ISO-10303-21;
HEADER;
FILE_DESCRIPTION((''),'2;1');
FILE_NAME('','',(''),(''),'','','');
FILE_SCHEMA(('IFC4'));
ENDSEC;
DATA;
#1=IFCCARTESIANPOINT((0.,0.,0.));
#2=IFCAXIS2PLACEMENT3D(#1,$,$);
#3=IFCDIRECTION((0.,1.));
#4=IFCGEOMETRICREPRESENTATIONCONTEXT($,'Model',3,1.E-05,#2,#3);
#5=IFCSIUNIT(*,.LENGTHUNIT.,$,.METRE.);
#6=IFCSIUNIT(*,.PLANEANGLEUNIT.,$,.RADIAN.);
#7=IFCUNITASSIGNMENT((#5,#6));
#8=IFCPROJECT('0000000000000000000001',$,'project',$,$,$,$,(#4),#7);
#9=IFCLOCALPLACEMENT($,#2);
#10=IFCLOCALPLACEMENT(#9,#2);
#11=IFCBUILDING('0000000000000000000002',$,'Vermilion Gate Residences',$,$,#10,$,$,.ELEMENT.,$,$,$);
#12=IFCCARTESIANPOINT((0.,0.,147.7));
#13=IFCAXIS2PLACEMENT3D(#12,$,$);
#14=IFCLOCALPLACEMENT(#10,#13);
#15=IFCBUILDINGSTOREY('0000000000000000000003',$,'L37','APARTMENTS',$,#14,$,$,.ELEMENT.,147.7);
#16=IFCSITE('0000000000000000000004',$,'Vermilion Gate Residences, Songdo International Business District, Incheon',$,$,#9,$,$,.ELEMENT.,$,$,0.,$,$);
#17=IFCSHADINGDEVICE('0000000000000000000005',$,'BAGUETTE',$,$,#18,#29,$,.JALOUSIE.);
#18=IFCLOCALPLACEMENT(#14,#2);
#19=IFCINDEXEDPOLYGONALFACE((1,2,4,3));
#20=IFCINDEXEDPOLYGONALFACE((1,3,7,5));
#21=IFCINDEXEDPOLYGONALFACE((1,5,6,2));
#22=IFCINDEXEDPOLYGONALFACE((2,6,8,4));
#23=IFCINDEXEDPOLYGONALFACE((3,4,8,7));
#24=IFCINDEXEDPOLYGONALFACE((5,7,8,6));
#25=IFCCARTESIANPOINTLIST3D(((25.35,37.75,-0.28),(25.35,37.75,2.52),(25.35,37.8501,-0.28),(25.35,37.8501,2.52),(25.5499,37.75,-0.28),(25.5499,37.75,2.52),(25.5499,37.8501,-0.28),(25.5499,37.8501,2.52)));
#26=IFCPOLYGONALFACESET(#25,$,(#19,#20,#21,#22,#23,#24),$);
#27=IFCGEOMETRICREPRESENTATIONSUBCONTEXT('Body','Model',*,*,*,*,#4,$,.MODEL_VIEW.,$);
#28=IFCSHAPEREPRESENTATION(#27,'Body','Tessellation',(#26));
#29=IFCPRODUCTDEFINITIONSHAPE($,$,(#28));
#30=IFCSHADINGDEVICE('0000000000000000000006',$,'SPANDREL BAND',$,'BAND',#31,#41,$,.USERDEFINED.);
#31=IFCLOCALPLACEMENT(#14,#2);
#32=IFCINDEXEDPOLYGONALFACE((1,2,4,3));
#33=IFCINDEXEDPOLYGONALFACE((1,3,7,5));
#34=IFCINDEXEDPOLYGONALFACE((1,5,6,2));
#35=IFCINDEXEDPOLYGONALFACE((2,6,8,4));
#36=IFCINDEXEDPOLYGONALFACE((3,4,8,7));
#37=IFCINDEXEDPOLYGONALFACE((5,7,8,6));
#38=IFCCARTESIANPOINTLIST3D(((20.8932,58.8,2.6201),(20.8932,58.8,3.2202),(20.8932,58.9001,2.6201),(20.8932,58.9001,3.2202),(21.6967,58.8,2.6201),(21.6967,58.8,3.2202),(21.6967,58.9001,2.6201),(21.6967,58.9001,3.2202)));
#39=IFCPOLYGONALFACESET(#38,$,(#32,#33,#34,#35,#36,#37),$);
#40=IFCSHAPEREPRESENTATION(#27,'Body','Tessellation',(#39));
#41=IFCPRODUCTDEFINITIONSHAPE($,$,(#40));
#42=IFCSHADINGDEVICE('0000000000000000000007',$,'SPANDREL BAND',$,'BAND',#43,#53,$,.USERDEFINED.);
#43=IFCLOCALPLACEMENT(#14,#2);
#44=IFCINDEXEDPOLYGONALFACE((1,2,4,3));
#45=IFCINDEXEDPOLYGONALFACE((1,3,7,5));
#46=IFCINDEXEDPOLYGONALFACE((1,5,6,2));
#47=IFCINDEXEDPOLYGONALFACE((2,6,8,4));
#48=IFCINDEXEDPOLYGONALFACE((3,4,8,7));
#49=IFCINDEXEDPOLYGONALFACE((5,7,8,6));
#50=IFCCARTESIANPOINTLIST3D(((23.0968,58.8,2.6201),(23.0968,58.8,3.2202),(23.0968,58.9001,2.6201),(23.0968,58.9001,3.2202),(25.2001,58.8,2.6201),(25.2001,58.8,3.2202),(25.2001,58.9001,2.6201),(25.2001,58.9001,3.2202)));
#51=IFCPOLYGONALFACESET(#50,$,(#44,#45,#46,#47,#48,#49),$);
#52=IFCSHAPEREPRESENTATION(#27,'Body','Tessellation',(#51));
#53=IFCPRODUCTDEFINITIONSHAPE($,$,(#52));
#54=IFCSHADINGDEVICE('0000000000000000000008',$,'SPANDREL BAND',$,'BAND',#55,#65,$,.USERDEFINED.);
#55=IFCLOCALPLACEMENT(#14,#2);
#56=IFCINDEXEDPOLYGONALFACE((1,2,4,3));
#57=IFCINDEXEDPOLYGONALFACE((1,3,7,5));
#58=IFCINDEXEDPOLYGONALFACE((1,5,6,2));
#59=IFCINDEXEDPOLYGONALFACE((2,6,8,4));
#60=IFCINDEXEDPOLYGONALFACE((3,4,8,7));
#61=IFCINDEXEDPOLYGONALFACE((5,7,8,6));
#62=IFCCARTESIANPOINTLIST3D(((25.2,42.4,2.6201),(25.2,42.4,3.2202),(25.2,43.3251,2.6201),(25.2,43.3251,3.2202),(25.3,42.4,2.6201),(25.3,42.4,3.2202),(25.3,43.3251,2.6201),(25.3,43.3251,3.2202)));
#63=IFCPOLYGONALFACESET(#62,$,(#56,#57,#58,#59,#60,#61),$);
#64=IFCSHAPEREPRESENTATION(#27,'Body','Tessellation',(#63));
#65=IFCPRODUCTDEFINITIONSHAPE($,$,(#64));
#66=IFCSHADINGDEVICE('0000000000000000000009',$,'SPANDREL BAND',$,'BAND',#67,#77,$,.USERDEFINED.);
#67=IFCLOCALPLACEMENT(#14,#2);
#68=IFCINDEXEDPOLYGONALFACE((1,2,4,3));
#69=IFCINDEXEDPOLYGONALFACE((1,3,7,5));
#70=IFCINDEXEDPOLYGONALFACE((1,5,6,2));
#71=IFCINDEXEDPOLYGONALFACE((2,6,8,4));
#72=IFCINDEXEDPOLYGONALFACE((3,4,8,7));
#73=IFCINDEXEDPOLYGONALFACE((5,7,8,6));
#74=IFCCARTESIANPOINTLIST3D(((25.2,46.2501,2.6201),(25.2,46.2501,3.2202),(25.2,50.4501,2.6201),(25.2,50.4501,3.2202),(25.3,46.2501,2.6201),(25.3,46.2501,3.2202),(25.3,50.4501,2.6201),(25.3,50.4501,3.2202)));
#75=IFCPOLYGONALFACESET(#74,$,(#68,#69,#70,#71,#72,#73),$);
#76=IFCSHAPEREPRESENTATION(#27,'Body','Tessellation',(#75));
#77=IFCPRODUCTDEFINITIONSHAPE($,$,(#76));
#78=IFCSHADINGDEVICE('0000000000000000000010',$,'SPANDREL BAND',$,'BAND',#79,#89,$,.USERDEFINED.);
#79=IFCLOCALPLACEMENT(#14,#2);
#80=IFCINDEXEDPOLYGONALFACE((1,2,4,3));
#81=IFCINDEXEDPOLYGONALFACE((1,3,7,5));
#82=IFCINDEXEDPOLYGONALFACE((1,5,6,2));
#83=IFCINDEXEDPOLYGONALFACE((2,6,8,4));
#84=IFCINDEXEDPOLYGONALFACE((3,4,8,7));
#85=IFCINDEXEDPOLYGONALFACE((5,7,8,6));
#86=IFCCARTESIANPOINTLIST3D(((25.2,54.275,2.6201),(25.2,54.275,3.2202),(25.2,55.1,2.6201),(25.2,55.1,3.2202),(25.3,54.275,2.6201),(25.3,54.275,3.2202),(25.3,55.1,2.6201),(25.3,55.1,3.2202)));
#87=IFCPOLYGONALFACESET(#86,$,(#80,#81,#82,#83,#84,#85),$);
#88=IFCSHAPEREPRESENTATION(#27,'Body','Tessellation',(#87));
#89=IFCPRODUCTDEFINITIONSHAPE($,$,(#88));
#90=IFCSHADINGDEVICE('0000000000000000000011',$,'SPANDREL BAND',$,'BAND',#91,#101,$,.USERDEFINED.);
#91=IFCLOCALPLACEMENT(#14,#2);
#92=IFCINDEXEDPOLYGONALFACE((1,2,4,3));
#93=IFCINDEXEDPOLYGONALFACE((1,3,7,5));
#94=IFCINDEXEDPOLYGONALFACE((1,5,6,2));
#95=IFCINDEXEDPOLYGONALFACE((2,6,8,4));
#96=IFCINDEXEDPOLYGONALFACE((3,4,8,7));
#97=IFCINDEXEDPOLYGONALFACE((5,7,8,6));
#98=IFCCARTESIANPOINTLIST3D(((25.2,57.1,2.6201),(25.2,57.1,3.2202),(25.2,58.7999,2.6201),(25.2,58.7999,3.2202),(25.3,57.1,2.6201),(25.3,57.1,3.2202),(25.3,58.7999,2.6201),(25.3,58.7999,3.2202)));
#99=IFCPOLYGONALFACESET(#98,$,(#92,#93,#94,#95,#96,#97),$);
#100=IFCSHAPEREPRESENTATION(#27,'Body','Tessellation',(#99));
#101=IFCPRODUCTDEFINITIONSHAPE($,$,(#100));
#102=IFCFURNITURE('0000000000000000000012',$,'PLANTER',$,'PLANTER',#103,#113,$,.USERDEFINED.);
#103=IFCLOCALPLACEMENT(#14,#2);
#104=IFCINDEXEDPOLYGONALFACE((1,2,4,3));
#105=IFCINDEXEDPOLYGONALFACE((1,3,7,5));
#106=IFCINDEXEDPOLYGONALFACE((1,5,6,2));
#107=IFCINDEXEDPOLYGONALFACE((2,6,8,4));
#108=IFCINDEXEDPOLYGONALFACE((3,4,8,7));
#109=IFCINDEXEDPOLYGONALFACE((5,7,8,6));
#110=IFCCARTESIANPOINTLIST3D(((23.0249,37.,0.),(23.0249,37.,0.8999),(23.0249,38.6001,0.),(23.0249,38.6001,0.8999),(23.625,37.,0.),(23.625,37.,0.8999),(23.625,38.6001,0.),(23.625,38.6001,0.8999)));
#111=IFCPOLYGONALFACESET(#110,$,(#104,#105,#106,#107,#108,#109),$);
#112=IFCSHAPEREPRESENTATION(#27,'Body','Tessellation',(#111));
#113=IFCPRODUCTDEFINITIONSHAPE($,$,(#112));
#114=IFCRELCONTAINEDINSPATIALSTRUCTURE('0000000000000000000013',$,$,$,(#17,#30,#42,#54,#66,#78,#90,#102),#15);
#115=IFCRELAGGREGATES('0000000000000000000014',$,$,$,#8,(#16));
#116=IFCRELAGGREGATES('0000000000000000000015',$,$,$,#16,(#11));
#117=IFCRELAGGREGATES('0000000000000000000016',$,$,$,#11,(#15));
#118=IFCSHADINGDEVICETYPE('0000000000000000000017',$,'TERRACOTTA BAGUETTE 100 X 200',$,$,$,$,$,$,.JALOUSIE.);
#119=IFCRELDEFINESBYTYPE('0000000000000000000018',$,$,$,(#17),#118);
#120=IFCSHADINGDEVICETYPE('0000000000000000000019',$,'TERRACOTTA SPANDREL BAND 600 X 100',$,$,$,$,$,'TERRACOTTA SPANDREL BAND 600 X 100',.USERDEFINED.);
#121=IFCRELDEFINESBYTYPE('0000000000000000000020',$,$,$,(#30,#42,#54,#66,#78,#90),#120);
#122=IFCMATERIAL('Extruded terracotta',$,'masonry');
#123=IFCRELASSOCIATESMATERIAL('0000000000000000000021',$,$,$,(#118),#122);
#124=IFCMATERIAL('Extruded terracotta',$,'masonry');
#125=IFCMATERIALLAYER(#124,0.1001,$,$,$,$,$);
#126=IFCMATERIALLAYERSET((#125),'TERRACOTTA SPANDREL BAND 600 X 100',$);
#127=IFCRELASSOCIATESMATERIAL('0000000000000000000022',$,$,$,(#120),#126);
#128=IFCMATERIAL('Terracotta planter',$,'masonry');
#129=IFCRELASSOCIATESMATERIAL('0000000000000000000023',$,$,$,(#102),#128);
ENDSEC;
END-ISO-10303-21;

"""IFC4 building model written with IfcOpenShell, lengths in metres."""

from ifc_helpers import new_model, si_unit, direction, frame, origin, origin_2d, place, context, subcontext, project, spatial, rectangle, extrude, material, layer, layer_set, material_profile, profile_set, type_object, element, save


model = new_model("IFC4")

# Units and contexts
model_context = context("Model", 3, precision=1e-05, world=origin(), true_north=direction((0.0, 1.0)))
body_context = subcontext(model_context, "Body", "Model", "MODEL_VIEW")
ifc_project = project(units=[si_unit("LENGTHUNIT", "METRE"), si_unit("PLANEANGLEUNIT", "RADIAN")], contexts=[model_context])

# Site, building, storey
site_placement = place(None, origin())
site = spatial("IfcSite", under=ifc_project, at=site_placement, Name="Vermilion Gate Residences, Songdo International Business District, Incheon", CompositionType="ELEMENT", RefElevation=0.0)
building_placement = place(site_placement, origin())
building = spatial("IfcBuilding", under=site, at=building_placement, Name="Vermilion Gate Residences", CompositionType="ELEMENT")
storey_placement = place(building_placement, frame((0.0, 0.0, 147.7)))
storey = spatial("IfcBuildingStorey", under=building, at=storey_placement, Name="L37", Description="APARTMENTS", CompositionType="ELEMENT", Elevation=147.7)

# Shading devices
ifc_material_1 = material(Name="Extruded terracotta", Category="masonry")
ifc_material_profile_1 = material_profile(ifc_material_1, rectangle(XDim=0.2, YDim=0.1001, at=origin_2d()), Name="BAGUETTE 100 X 200")
ifc_profile_set_1 = profile_set([ifc_material_profile_1], Name="Extruded terracotta")
shading_device_type_1 = type_object("IfcShadingDeviceType", Name="TERRACOTTA BAGUETTE 100 X 200", PredefinedType="JALOUSIE", material=ifc_profile_set_1)
shading_device_1_placement = place(storey_placement, frame((25.45, 37.8, -0.28), z_axis=(0.0, 0.0, 1.0), x_axis=(-1.0, 0.0, 0.0)))
element("IfcShadingDevice", 1, at=shading_device_1_placement, inside=storey, type_object=shading_device_type_1, Name="BAGUETTE", PredefinedType="JALOUSIE", context=body_context, shape_type="SweptSolid", body=[
    extrude(rectangle(XDim=0.2, YDim=0.1001, at=origin_2d()), origin(), (0.0, 0.0, 1.0), 2.8),
])
ifc_material_2 = material(Name="Extruded terracotta", Category="masonry")
ifc_layer_1 = layer(ifc_material_2, 0.1001)
ifc_layer_set_1 = layer_set([ifc_layer_1], Name="TERRACOTTA SPANDREL BAND 600 X 100")
shading_device_type_2 = type_object("IfcShadingDeviceType", Name="TERRACOTTA SPANDREL BAND 600 X 100", ElementType="TERRACOTTA SPANDREL BAND 600 X 100", PredefinedType="USERDEFINED", material=ifc_layer_set_1)
shading_device_2_placement = place(storey_placement, frame((21.2949, 58.8501, 2.6201), z_axis=(0.0, 0.0, 1.0), x_axis=(1.0, 0.0, 0.0)))
element("IfcShadingDevice", 2, at=shading_device_2_placement, inside=storey, type_object=shading_device_type_2, Name="SPANDREL BAND", ObjectType="BAND", PredefinedType="USERDEFINED", context=body_context, shape_type="SweptSolid", body=[
    extrude(rectangle(XDim=0.8035, YDim=0.1001, at=origin_2d()), origin(), (0.0, 0.0, 1.0), 0.6001),
])
shading_device_3_placement = place(storey_placement, frame((24.1484, 58.8501, 2.6201), z_axis=(0.0, 0.0, 1.0), x_axis=(1.0, 0.0, 0.0)))
element("IfcShadingDevice", 3, at=shading_device_3_placement, inside=storey, type_object=shading_device_type_2, Name="SPANDREL BAND", ObjectType="BAND", PredefinedType="USERDEFINED", context=body_context, shape_type="SweptSolid", body=[
    extrude(rectangle(XDim=2.1033, YDim=0.1001, at=origin_2d()), origin(), (0.0, 0.0, 1.0), 0.6001),
])
shading_device_4_placement = place(storey_placement, frame((25.25, 42.8625, 2.6201), z_axis=(0.0, 0.0, 1.0), x_axis=(0.0, 1.0, 0.0)))
element("IfcShadingDevice", 4, at=shading_device_4_placement, inside=storey, type_object=shading_device_type_2, Name="SPANDREL BAND", ObjectType="BAND", PredefinedType="USERDEFINED", context=body_context, shape_type="SweptSolid", body=[
    extrude(rectangle(XDim=0.925, YDim=0.1001, at=origin_2d()), origin(), (0.0, 0.0, 1.0), 0.6001),
])
shading_device_5_placement = place(storey_placement, frame((25.25, 48.3501, 2.6201), z_axis=(0.0, 0.0, 1.0), x_axis=(0.0, 1.0, 0.0)))
element("IfcShadingDevice", 5, at=shading_device_5_placement, inside=storey, type_object=shading_device_type_2, Name="SPANDREL BAND", ObjectType="BAND", PredefinedType="USERDEFINED", context=body_context, shape_type="SweptSolid", body=[
    extrude(rectangle(XDim=4.2, YDim=0.1001, at=origin_2d()), origin(), (0.0, 0.0, 1.0), 0.6001),
])
shading_device_6_placement = place(storey_placement, frame((25.25, 54.6875, 2.6201), z_axis=(0.0, 0.0, 1.0), x_axis=(0.0, 1.0, 0.0)))
element("IfcShadingDevice", 6, at=shading_device_6_placement, inside=storey, type_object=shading_device_type_2, Name="SPANDREL BAND", ObjectType="BAND", PredefinedType="USERDEFINED", context=body_context, shape_type="SweptSolid", body=[
    extrude(rectangle(XDim=0.825, YDim=0.1001, at=origin_2d()), origin(), (0.0, 0.0, 1.0), 0.6001),
])
shading_device_7_placement = place(storey_placement, frame((25.25, 57.95, 2.6201), z_axis=(0.0, 0.0, 1.0), x_axis=(0.0, 1.0, 0.0)))
element("IfcShadingDevice", 7, at=shading_device_7_placement, inside=storey, type_object=shading_device_type_2, Name="SPANDREL BAND", ObjectType="BAND", PredefinedType="USERDEFINED", context=body_context, shape_type="SweptSolid", body=[
    extrude(rectangle(XDim=1.7, YDim=0.1001, at=origin_2d()), origin(), (0.0, 0.0, 1.0), 0.6001),
])

# Furniture
ifc_material_3 = material(Name="Terracotta planter", Category="masonry")
furniture_placement = place(storey_placement, frame((23.325, 37.8, 0.0), z_axis=(0.0, 0.0, 1.0), x_axis=(0.0, 1.0, 0.0)))
element("IfcFurniture", 8, at=furniture_placement, inside=storey, material=ifc_material_3, Name="PLANTER", ObjectType="PLANTER", PredefinedType="USERDEFINED", context=body_context, shape_type="SweptSolid", body=[
    extrude(rectangle(XDim=1.6001, YDim=0.6001, at=origin_2d()), origin(), (0.0, 0.0, 1.0), 0.8999),
])

save(model, "model.ifc")
